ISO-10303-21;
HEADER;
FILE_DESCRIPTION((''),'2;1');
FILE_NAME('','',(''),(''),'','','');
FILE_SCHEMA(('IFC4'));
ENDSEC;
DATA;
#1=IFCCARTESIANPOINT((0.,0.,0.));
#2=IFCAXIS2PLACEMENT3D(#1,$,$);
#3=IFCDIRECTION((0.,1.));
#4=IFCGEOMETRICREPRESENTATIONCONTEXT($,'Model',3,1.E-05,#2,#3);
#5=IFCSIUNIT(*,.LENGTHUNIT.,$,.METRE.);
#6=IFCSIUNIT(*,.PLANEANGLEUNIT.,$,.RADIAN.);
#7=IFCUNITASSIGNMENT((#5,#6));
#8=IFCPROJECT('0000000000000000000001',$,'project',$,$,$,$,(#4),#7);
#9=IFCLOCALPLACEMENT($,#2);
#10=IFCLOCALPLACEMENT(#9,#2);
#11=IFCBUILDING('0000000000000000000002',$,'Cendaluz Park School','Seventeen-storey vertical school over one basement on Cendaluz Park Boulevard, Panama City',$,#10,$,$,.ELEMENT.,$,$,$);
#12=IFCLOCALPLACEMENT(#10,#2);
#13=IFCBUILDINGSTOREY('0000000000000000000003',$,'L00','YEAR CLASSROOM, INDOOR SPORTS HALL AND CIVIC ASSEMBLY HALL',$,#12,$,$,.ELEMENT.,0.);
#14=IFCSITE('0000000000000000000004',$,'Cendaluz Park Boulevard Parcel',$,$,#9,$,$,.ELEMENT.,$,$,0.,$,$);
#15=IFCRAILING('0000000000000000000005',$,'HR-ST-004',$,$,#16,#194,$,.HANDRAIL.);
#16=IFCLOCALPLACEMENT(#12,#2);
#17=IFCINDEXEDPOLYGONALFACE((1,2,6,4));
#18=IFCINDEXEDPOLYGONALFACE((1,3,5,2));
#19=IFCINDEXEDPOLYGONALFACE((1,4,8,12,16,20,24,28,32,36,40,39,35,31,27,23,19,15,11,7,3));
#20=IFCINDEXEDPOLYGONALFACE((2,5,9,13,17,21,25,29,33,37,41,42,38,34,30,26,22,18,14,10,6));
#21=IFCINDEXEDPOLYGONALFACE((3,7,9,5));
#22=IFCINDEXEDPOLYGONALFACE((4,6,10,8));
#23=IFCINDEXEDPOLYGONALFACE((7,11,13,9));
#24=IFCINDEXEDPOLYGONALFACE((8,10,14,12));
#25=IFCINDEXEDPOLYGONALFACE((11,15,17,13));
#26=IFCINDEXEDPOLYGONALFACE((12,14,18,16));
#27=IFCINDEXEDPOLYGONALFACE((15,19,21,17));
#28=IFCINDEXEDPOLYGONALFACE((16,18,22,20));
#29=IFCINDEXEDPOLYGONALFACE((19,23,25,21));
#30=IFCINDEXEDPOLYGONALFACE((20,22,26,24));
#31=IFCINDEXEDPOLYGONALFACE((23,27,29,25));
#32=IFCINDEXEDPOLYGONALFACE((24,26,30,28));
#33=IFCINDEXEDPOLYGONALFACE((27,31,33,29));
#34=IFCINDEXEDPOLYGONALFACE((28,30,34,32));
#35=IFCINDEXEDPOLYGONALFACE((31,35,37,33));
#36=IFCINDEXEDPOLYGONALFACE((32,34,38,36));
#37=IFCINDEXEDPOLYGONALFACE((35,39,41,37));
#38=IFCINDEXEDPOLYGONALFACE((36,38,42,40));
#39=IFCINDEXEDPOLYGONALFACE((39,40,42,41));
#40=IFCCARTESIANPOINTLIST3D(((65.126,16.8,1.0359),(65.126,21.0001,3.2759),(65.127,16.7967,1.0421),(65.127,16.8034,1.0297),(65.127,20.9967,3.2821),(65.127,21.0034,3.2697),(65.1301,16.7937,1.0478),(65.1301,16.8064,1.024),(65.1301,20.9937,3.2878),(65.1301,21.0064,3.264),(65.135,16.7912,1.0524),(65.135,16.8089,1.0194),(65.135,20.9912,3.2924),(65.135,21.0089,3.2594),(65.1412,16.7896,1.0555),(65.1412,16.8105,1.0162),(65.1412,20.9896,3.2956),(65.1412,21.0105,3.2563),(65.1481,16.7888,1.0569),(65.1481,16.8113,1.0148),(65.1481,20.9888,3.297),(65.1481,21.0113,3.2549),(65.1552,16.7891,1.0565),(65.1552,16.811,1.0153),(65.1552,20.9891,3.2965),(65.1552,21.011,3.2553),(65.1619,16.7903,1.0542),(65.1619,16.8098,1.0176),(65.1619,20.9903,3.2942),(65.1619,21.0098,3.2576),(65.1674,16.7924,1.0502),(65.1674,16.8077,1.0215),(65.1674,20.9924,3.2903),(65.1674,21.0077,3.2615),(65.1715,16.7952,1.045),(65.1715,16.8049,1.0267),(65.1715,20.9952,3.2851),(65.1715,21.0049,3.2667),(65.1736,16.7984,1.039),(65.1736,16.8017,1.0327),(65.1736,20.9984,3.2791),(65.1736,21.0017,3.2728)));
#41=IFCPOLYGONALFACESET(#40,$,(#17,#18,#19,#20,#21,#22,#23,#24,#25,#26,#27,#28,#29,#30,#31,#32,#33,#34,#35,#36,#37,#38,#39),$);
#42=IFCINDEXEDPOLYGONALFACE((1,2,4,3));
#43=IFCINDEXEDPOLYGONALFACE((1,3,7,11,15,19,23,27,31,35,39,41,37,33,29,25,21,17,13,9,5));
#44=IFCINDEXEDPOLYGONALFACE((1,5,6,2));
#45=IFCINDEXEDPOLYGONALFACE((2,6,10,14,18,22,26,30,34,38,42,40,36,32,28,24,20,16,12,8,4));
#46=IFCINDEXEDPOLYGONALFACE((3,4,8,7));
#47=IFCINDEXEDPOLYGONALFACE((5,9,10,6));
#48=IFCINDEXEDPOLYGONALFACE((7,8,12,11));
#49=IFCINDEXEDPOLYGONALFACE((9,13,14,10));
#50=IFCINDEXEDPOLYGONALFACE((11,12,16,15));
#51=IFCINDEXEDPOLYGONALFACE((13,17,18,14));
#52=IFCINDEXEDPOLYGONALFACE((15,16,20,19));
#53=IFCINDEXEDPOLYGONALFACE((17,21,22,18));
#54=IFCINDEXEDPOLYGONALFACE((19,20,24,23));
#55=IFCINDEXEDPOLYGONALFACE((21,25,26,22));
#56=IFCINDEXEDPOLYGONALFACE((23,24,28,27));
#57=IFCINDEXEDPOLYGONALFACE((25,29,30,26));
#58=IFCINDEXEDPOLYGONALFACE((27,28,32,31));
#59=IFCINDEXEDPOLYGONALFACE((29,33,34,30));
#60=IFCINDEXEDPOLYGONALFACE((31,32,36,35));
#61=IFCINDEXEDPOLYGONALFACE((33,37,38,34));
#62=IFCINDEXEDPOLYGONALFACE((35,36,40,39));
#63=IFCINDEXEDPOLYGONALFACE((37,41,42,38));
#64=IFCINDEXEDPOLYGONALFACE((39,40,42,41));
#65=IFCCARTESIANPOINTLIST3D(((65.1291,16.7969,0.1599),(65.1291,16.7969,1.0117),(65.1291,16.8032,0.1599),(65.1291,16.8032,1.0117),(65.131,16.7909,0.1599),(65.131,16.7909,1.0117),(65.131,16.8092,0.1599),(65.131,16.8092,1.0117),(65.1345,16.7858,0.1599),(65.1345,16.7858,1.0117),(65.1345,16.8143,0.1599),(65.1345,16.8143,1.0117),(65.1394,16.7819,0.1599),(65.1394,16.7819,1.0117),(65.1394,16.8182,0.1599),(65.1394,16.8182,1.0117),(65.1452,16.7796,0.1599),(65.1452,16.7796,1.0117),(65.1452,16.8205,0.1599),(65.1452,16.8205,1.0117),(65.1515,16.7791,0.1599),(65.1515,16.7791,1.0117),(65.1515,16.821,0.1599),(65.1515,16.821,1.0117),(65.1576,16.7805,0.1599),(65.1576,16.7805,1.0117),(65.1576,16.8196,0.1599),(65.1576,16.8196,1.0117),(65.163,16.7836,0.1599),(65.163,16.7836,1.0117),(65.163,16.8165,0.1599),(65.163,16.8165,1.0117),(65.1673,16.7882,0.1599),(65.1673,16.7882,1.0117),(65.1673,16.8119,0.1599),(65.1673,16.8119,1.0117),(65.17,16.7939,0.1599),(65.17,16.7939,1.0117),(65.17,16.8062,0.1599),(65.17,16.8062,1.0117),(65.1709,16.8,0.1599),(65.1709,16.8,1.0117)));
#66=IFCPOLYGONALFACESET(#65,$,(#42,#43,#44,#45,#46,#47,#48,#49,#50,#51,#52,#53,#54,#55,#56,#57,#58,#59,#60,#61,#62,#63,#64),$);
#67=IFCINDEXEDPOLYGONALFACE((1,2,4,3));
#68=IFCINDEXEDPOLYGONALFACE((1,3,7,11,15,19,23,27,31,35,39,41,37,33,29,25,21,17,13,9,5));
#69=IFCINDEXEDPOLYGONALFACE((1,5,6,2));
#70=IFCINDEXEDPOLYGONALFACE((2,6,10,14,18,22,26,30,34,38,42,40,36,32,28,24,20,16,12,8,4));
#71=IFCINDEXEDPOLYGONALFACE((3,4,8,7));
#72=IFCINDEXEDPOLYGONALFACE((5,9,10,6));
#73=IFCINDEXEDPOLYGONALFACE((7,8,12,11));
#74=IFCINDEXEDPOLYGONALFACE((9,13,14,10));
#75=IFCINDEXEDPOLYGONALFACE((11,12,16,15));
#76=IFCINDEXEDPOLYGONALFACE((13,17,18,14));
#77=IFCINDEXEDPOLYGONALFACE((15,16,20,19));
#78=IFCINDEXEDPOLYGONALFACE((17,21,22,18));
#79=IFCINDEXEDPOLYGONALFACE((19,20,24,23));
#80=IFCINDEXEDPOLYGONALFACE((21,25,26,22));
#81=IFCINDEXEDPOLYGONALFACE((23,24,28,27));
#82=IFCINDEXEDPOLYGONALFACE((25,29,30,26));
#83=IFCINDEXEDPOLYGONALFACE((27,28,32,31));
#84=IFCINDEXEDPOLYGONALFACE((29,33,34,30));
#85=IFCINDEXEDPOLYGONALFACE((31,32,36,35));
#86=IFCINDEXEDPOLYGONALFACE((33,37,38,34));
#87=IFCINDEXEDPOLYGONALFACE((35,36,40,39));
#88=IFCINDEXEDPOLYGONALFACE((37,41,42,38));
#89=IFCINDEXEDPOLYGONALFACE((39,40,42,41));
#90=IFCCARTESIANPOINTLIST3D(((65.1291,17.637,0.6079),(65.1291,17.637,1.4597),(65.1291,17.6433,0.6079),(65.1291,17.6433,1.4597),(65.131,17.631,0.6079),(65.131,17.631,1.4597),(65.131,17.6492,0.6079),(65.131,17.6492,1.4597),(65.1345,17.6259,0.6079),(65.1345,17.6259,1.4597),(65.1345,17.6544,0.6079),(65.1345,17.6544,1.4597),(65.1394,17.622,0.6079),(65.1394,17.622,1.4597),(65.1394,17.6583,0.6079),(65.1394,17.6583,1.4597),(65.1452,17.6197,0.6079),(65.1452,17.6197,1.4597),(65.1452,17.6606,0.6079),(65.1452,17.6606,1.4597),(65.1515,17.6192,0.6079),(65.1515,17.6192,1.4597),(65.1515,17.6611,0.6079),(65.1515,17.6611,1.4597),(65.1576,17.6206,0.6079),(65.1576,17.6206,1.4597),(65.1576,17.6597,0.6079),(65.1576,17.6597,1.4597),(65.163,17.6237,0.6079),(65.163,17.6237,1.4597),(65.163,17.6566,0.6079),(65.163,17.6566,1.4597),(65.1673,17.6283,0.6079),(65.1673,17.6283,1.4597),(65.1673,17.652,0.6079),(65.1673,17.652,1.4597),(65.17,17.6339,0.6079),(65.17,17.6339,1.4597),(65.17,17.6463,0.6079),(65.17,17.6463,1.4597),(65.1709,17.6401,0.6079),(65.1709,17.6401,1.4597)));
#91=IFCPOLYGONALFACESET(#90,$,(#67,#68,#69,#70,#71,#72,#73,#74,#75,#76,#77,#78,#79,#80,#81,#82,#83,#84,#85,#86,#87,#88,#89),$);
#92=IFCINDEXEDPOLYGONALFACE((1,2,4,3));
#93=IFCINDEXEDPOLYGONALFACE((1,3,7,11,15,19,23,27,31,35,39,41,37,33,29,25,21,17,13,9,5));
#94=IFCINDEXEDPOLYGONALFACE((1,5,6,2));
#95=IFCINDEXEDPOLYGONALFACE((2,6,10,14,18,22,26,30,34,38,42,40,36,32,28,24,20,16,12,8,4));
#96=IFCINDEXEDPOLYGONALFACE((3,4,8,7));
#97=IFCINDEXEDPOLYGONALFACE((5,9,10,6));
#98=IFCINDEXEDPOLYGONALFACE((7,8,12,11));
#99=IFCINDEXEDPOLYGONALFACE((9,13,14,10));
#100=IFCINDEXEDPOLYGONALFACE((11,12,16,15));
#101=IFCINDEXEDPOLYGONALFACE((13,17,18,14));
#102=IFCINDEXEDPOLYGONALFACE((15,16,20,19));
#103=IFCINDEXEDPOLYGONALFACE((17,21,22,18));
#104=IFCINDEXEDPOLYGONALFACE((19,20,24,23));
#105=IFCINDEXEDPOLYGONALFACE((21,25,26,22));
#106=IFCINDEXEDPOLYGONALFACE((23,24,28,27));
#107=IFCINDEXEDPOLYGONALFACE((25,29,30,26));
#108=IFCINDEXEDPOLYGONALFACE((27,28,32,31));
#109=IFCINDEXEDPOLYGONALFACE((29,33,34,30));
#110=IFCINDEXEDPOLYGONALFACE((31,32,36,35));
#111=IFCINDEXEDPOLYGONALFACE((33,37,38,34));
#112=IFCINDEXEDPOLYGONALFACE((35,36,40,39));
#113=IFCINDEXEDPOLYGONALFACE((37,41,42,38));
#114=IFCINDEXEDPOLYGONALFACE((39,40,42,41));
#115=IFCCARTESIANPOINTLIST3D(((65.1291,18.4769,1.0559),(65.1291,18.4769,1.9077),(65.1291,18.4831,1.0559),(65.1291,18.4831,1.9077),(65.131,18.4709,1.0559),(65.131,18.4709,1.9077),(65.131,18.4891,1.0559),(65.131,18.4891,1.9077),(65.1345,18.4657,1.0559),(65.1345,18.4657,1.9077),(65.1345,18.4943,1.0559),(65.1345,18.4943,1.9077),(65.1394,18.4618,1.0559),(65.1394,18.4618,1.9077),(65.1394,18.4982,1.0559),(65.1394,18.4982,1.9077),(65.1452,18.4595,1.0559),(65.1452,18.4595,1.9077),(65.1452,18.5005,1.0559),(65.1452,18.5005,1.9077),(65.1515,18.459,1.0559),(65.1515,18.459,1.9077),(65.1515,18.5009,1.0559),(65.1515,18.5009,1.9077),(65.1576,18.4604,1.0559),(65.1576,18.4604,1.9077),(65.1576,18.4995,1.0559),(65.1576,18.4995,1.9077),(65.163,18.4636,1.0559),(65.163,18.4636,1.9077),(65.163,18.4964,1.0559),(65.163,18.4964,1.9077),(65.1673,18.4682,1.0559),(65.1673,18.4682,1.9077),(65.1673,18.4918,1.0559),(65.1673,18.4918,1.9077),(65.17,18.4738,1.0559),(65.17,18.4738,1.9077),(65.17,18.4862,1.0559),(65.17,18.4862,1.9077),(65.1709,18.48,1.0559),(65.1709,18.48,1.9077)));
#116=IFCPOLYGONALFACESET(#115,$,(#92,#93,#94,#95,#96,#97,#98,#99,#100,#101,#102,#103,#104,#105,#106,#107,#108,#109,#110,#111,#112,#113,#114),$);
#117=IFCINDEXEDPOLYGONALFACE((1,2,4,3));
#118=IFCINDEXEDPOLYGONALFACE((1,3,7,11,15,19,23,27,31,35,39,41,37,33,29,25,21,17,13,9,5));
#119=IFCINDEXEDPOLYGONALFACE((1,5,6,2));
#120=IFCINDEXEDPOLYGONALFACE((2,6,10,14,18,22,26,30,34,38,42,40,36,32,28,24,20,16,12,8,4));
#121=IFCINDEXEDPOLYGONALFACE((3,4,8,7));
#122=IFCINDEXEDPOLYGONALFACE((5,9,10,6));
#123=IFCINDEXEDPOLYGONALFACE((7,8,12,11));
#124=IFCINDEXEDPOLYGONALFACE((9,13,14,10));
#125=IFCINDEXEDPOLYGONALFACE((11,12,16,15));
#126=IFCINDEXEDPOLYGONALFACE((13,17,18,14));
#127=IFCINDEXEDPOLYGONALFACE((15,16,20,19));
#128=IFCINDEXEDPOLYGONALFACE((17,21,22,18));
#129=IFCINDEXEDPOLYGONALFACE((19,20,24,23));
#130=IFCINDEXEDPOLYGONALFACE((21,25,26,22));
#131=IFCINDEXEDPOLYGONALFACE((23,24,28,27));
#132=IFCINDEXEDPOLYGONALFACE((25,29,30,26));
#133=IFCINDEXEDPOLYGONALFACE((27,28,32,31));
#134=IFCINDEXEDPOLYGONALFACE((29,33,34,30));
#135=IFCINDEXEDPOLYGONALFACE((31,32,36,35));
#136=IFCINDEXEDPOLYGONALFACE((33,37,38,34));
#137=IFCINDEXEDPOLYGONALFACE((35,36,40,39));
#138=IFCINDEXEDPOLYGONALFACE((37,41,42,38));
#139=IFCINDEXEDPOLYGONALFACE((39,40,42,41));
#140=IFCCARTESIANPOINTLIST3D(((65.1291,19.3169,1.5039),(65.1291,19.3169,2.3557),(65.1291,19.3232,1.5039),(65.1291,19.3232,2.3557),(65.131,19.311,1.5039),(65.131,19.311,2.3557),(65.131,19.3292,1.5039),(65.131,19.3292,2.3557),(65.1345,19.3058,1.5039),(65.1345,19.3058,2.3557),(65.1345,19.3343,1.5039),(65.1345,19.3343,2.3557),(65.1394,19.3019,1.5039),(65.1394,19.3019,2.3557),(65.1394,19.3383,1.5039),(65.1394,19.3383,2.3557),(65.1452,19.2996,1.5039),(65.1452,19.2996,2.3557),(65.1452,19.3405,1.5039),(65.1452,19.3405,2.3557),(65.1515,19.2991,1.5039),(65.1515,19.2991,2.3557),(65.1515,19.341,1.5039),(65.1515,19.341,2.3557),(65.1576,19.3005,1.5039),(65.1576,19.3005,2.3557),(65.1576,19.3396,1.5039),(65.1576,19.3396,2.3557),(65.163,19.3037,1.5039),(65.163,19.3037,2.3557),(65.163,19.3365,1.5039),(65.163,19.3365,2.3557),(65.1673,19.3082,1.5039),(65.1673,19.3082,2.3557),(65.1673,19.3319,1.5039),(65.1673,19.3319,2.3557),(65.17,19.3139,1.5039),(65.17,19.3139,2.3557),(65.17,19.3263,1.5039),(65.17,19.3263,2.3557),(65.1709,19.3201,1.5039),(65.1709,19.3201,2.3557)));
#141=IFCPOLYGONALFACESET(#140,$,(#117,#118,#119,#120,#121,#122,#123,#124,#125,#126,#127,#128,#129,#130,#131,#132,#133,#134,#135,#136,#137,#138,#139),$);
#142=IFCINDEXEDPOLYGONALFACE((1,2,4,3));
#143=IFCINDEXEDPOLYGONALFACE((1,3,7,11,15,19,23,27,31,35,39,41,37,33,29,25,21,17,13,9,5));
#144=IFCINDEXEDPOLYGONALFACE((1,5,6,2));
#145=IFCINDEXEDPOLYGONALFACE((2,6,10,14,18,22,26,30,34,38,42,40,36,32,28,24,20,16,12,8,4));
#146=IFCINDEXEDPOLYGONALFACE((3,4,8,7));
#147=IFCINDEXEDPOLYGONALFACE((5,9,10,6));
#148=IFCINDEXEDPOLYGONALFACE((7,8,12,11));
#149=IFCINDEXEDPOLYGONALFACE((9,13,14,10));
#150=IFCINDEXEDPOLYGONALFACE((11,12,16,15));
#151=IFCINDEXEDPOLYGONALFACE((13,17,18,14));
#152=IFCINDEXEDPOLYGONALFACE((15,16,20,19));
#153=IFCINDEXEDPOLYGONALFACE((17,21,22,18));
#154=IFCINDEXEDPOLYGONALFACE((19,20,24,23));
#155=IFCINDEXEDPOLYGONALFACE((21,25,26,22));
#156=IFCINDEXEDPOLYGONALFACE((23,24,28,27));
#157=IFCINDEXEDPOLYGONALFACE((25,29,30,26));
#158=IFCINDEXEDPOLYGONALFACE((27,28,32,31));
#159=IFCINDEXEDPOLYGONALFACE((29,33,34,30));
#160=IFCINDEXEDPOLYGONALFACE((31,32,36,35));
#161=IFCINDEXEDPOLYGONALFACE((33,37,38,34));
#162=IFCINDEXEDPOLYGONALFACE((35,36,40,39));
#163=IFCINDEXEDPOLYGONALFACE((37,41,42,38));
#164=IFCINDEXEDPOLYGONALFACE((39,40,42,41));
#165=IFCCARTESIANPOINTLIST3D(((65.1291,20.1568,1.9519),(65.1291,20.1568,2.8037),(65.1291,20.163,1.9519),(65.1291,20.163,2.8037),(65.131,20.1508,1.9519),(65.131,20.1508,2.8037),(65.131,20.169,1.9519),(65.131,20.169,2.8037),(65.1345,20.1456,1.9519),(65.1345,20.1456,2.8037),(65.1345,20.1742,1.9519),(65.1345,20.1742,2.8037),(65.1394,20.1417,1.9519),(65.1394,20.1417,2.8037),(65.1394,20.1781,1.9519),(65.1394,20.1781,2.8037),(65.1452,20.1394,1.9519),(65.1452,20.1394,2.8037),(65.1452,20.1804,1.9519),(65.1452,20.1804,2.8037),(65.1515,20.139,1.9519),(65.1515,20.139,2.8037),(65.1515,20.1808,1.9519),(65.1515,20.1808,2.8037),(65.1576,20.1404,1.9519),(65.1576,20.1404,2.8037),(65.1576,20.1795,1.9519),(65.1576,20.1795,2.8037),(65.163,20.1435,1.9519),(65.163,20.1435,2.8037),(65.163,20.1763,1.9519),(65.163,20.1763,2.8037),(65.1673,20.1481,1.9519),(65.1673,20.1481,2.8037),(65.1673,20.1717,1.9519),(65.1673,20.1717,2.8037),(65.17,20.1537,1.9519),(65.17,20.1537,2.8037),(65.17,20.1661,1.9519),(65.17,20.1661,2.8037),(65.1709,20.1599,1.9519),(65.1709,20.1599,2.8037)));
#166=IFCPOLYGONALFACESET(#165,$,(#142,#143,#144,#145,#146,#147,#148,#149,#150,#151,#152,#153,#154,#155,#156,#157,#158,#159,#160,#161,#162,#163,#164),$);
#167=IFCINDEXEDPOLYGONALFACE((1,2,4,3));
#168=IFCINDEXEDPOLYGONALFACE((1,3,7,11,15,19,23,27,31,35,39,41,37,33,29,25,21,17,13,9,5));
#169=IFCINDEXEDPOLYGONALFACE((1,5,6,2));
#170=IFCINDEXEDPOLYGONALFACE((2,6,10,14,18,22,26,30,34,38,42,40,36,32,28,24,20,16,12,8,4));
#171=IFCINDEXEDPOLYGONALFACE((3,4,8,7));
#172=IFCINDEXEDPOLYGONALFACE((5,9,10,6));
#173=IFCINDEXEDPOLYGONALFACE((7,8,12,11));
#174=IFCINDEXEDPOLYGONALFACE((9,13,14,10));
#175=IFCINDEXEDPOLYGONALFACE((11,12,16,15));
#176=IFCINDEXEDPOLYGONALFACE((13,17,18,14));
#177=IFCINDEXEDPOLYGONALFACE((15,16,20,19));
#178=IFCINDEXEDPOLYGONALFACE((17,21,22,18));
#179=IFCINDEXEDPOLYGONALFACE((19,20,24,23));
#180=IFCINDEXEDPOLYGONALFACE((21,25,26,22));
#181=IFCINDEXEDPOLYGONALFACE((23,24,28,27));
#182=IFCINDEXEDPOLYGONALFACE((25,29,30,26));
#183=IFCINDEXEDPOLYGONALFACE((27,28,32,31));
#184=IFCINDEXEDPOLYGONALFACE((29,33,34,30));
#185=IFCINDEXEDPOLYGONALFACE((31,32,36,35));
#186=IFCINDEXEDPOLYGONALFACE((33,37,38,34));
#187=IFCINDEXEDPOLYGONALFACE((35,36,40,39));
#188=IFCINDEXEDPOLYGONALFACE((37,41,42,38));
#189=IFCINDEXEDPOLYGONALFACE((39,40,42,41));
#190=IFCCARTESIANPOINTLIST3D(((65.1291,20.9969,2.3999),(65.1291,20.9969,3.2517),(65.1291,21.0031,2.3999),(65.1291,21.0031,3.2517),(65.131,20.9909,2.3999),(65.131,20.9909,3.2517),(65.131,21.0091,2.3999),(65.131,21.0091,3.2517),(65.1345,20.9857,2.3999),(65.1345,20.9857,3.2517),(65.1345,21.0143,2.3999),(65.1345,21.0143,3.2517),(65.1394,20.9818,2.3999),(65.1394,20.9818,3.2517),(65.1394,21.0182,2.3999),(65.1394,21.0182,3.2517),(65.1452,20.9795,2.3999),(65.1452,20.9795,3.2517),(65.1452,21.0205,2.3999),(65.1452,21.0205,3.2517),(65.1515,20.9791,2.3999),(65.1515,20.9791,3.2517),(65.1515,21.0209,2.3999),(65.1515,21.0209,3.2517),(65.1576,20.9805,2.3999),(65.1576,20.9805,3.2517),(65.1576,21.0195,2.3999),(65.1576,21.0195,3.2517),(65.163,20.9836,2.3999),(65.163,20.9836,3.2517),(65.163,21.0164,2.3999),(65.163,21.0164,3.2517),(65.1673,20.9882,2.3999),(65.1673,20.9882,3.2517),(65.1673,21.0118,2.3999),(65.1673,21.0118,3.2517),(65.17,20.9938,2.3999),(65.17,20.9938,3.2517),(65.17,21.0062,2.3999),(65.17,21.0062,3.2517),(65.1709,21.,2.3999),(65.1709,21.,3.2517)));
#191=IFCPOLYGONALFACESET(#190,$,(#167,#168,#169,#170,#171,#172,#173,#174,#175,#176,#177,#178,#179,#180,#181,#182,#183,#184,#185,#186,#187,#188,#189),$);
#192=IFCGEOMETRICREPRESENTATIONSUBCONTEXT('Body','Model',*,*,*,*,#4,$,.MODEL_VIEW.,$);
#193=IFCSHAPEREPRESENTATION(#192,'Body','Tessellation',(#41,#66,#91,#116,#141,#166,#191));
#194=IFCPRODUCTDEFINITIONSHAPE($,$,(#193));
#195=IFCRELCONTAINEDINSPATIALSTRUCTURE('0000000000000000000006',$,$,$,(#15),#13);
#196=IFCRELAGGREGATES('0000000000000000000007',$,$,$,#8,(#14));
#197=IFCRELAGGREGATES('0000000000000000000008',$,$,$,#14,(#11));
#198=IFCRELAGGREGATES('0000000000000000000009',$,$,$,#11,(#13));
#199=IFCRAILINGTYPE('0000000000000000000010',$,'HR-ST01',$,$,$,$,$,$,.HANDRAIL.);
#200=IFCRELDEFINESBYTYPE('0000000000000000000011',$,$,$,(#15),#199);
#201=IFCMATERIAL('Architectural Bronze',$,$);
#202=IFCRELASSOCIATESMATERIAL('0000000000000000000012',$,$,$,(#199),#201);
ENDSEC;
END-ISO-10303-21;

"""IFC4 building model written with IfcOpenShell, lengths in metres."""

from ifc_helpers import new_model, si_unit, direction, frame, origin, origin_2d, place, context, subcontext, project, spatial, circle, extrude, material, type_object, element, save


model = new_model("IFC4")

# Units and contexts
model_context = context("Model", 3, precision=1e-05, world=origin(), true_north=direction((0.0, 1.0)))
body_context = subcontext(model_context, "Body", "Model", "MODEL_VIEW")
ifc_project = project(units=[si_unit("LENGTHUNIT", "METRE"), si_unit("PLANEANGLEUNIT", "RADIAN")], contexts=[model_context])

# Site, building, storey
site_placement = place(None, origin())
site = spatial("IfcSite", under=ifc_project, at=site_placement, Name="Cendaluz Park Boulevard Parcel", CompositionType="ELEMENT", RefElevation=0.0)
building_placement = place(site_placement, origin())
building = spatial("IfcBuilding", under=site, at=building_placement, Name="Cendaluz Park School", Description="Seventeen-storey vertical school over one basement on Cendaluz Park Boulevard, Panama City", CompositionType="ELEMENT")
storey_placement = place(building_placement, origin())
storey = spatial("IfcBuildingStorey", under=building, at=storey_placement, Name="L00", Description="YEAR CLASSROOM, INDOOR SPORTS HALL AND CIVIC ASSEMBLY HALL", CompositionType="ELEMENT", Elevation=0.0)

# Railing
ifc_material_1 = material(Name="Architectural Bronze")
railing_type_1 = type_object("IfcRailingType", Name="HR-ST01", PredefinedType="HANDRAIL", material=ifc_material_1)
railing_1_placement = place(storey_placement, frame((65.1499, 16.8, 0.1599)))
element("IfcRailing", 1, at=railing_1_placement, inside=storey, type_object=railing_type_1, Name="HR-ST-004", PredefinedType="HANDRAIL", context=body_context, shape_type="SweptSolid", body=[
    extrude(circle(Radius=0.0239, at=origin_2d()), frame((0.0, 0.0, 0.876), z_axis=(0.0, 0.882352, 0.470591), x_axis=(-1.0, 0.0, 0.0)), (0.0, 0.0, 1.0), 4.76),
    extrude(circle(Radius=0.021, at=origin_2d()), origin(), (0.0, 0.0, 1.0), 0.8518),
    extrude(circle(Radius=0.021, at=origin_2d()), frame((0.0, 0.8401, 0.448)), (0.0, 0.0, 1.0), 0.8518),
    extrude(circle(Radius=0.021, at=origin_2d()), frame((0.0, 1.6799, 0.896)), (0.0, 0.0, 1.0), 0.8518),
    extrude(circle(Radius=0.021, at=origin_2d()), frame((0.0, 2.52, 1.344)), (0.0, 0.0, 1.0), 0.8518),
    extrude(circle(Radius=0.021, at=origin_2d()), frame((0.0, 3.3599, 1.792)), (0.0, 0.0, 1.0), 0.8518),
    extrude(circle(Radius=0.021, at=origin_2d()), frame((0.0, 4.2, 2.24)), (0.0, 0.0, 1.0), 0.8518),
])

save(model, "model.ifc")
